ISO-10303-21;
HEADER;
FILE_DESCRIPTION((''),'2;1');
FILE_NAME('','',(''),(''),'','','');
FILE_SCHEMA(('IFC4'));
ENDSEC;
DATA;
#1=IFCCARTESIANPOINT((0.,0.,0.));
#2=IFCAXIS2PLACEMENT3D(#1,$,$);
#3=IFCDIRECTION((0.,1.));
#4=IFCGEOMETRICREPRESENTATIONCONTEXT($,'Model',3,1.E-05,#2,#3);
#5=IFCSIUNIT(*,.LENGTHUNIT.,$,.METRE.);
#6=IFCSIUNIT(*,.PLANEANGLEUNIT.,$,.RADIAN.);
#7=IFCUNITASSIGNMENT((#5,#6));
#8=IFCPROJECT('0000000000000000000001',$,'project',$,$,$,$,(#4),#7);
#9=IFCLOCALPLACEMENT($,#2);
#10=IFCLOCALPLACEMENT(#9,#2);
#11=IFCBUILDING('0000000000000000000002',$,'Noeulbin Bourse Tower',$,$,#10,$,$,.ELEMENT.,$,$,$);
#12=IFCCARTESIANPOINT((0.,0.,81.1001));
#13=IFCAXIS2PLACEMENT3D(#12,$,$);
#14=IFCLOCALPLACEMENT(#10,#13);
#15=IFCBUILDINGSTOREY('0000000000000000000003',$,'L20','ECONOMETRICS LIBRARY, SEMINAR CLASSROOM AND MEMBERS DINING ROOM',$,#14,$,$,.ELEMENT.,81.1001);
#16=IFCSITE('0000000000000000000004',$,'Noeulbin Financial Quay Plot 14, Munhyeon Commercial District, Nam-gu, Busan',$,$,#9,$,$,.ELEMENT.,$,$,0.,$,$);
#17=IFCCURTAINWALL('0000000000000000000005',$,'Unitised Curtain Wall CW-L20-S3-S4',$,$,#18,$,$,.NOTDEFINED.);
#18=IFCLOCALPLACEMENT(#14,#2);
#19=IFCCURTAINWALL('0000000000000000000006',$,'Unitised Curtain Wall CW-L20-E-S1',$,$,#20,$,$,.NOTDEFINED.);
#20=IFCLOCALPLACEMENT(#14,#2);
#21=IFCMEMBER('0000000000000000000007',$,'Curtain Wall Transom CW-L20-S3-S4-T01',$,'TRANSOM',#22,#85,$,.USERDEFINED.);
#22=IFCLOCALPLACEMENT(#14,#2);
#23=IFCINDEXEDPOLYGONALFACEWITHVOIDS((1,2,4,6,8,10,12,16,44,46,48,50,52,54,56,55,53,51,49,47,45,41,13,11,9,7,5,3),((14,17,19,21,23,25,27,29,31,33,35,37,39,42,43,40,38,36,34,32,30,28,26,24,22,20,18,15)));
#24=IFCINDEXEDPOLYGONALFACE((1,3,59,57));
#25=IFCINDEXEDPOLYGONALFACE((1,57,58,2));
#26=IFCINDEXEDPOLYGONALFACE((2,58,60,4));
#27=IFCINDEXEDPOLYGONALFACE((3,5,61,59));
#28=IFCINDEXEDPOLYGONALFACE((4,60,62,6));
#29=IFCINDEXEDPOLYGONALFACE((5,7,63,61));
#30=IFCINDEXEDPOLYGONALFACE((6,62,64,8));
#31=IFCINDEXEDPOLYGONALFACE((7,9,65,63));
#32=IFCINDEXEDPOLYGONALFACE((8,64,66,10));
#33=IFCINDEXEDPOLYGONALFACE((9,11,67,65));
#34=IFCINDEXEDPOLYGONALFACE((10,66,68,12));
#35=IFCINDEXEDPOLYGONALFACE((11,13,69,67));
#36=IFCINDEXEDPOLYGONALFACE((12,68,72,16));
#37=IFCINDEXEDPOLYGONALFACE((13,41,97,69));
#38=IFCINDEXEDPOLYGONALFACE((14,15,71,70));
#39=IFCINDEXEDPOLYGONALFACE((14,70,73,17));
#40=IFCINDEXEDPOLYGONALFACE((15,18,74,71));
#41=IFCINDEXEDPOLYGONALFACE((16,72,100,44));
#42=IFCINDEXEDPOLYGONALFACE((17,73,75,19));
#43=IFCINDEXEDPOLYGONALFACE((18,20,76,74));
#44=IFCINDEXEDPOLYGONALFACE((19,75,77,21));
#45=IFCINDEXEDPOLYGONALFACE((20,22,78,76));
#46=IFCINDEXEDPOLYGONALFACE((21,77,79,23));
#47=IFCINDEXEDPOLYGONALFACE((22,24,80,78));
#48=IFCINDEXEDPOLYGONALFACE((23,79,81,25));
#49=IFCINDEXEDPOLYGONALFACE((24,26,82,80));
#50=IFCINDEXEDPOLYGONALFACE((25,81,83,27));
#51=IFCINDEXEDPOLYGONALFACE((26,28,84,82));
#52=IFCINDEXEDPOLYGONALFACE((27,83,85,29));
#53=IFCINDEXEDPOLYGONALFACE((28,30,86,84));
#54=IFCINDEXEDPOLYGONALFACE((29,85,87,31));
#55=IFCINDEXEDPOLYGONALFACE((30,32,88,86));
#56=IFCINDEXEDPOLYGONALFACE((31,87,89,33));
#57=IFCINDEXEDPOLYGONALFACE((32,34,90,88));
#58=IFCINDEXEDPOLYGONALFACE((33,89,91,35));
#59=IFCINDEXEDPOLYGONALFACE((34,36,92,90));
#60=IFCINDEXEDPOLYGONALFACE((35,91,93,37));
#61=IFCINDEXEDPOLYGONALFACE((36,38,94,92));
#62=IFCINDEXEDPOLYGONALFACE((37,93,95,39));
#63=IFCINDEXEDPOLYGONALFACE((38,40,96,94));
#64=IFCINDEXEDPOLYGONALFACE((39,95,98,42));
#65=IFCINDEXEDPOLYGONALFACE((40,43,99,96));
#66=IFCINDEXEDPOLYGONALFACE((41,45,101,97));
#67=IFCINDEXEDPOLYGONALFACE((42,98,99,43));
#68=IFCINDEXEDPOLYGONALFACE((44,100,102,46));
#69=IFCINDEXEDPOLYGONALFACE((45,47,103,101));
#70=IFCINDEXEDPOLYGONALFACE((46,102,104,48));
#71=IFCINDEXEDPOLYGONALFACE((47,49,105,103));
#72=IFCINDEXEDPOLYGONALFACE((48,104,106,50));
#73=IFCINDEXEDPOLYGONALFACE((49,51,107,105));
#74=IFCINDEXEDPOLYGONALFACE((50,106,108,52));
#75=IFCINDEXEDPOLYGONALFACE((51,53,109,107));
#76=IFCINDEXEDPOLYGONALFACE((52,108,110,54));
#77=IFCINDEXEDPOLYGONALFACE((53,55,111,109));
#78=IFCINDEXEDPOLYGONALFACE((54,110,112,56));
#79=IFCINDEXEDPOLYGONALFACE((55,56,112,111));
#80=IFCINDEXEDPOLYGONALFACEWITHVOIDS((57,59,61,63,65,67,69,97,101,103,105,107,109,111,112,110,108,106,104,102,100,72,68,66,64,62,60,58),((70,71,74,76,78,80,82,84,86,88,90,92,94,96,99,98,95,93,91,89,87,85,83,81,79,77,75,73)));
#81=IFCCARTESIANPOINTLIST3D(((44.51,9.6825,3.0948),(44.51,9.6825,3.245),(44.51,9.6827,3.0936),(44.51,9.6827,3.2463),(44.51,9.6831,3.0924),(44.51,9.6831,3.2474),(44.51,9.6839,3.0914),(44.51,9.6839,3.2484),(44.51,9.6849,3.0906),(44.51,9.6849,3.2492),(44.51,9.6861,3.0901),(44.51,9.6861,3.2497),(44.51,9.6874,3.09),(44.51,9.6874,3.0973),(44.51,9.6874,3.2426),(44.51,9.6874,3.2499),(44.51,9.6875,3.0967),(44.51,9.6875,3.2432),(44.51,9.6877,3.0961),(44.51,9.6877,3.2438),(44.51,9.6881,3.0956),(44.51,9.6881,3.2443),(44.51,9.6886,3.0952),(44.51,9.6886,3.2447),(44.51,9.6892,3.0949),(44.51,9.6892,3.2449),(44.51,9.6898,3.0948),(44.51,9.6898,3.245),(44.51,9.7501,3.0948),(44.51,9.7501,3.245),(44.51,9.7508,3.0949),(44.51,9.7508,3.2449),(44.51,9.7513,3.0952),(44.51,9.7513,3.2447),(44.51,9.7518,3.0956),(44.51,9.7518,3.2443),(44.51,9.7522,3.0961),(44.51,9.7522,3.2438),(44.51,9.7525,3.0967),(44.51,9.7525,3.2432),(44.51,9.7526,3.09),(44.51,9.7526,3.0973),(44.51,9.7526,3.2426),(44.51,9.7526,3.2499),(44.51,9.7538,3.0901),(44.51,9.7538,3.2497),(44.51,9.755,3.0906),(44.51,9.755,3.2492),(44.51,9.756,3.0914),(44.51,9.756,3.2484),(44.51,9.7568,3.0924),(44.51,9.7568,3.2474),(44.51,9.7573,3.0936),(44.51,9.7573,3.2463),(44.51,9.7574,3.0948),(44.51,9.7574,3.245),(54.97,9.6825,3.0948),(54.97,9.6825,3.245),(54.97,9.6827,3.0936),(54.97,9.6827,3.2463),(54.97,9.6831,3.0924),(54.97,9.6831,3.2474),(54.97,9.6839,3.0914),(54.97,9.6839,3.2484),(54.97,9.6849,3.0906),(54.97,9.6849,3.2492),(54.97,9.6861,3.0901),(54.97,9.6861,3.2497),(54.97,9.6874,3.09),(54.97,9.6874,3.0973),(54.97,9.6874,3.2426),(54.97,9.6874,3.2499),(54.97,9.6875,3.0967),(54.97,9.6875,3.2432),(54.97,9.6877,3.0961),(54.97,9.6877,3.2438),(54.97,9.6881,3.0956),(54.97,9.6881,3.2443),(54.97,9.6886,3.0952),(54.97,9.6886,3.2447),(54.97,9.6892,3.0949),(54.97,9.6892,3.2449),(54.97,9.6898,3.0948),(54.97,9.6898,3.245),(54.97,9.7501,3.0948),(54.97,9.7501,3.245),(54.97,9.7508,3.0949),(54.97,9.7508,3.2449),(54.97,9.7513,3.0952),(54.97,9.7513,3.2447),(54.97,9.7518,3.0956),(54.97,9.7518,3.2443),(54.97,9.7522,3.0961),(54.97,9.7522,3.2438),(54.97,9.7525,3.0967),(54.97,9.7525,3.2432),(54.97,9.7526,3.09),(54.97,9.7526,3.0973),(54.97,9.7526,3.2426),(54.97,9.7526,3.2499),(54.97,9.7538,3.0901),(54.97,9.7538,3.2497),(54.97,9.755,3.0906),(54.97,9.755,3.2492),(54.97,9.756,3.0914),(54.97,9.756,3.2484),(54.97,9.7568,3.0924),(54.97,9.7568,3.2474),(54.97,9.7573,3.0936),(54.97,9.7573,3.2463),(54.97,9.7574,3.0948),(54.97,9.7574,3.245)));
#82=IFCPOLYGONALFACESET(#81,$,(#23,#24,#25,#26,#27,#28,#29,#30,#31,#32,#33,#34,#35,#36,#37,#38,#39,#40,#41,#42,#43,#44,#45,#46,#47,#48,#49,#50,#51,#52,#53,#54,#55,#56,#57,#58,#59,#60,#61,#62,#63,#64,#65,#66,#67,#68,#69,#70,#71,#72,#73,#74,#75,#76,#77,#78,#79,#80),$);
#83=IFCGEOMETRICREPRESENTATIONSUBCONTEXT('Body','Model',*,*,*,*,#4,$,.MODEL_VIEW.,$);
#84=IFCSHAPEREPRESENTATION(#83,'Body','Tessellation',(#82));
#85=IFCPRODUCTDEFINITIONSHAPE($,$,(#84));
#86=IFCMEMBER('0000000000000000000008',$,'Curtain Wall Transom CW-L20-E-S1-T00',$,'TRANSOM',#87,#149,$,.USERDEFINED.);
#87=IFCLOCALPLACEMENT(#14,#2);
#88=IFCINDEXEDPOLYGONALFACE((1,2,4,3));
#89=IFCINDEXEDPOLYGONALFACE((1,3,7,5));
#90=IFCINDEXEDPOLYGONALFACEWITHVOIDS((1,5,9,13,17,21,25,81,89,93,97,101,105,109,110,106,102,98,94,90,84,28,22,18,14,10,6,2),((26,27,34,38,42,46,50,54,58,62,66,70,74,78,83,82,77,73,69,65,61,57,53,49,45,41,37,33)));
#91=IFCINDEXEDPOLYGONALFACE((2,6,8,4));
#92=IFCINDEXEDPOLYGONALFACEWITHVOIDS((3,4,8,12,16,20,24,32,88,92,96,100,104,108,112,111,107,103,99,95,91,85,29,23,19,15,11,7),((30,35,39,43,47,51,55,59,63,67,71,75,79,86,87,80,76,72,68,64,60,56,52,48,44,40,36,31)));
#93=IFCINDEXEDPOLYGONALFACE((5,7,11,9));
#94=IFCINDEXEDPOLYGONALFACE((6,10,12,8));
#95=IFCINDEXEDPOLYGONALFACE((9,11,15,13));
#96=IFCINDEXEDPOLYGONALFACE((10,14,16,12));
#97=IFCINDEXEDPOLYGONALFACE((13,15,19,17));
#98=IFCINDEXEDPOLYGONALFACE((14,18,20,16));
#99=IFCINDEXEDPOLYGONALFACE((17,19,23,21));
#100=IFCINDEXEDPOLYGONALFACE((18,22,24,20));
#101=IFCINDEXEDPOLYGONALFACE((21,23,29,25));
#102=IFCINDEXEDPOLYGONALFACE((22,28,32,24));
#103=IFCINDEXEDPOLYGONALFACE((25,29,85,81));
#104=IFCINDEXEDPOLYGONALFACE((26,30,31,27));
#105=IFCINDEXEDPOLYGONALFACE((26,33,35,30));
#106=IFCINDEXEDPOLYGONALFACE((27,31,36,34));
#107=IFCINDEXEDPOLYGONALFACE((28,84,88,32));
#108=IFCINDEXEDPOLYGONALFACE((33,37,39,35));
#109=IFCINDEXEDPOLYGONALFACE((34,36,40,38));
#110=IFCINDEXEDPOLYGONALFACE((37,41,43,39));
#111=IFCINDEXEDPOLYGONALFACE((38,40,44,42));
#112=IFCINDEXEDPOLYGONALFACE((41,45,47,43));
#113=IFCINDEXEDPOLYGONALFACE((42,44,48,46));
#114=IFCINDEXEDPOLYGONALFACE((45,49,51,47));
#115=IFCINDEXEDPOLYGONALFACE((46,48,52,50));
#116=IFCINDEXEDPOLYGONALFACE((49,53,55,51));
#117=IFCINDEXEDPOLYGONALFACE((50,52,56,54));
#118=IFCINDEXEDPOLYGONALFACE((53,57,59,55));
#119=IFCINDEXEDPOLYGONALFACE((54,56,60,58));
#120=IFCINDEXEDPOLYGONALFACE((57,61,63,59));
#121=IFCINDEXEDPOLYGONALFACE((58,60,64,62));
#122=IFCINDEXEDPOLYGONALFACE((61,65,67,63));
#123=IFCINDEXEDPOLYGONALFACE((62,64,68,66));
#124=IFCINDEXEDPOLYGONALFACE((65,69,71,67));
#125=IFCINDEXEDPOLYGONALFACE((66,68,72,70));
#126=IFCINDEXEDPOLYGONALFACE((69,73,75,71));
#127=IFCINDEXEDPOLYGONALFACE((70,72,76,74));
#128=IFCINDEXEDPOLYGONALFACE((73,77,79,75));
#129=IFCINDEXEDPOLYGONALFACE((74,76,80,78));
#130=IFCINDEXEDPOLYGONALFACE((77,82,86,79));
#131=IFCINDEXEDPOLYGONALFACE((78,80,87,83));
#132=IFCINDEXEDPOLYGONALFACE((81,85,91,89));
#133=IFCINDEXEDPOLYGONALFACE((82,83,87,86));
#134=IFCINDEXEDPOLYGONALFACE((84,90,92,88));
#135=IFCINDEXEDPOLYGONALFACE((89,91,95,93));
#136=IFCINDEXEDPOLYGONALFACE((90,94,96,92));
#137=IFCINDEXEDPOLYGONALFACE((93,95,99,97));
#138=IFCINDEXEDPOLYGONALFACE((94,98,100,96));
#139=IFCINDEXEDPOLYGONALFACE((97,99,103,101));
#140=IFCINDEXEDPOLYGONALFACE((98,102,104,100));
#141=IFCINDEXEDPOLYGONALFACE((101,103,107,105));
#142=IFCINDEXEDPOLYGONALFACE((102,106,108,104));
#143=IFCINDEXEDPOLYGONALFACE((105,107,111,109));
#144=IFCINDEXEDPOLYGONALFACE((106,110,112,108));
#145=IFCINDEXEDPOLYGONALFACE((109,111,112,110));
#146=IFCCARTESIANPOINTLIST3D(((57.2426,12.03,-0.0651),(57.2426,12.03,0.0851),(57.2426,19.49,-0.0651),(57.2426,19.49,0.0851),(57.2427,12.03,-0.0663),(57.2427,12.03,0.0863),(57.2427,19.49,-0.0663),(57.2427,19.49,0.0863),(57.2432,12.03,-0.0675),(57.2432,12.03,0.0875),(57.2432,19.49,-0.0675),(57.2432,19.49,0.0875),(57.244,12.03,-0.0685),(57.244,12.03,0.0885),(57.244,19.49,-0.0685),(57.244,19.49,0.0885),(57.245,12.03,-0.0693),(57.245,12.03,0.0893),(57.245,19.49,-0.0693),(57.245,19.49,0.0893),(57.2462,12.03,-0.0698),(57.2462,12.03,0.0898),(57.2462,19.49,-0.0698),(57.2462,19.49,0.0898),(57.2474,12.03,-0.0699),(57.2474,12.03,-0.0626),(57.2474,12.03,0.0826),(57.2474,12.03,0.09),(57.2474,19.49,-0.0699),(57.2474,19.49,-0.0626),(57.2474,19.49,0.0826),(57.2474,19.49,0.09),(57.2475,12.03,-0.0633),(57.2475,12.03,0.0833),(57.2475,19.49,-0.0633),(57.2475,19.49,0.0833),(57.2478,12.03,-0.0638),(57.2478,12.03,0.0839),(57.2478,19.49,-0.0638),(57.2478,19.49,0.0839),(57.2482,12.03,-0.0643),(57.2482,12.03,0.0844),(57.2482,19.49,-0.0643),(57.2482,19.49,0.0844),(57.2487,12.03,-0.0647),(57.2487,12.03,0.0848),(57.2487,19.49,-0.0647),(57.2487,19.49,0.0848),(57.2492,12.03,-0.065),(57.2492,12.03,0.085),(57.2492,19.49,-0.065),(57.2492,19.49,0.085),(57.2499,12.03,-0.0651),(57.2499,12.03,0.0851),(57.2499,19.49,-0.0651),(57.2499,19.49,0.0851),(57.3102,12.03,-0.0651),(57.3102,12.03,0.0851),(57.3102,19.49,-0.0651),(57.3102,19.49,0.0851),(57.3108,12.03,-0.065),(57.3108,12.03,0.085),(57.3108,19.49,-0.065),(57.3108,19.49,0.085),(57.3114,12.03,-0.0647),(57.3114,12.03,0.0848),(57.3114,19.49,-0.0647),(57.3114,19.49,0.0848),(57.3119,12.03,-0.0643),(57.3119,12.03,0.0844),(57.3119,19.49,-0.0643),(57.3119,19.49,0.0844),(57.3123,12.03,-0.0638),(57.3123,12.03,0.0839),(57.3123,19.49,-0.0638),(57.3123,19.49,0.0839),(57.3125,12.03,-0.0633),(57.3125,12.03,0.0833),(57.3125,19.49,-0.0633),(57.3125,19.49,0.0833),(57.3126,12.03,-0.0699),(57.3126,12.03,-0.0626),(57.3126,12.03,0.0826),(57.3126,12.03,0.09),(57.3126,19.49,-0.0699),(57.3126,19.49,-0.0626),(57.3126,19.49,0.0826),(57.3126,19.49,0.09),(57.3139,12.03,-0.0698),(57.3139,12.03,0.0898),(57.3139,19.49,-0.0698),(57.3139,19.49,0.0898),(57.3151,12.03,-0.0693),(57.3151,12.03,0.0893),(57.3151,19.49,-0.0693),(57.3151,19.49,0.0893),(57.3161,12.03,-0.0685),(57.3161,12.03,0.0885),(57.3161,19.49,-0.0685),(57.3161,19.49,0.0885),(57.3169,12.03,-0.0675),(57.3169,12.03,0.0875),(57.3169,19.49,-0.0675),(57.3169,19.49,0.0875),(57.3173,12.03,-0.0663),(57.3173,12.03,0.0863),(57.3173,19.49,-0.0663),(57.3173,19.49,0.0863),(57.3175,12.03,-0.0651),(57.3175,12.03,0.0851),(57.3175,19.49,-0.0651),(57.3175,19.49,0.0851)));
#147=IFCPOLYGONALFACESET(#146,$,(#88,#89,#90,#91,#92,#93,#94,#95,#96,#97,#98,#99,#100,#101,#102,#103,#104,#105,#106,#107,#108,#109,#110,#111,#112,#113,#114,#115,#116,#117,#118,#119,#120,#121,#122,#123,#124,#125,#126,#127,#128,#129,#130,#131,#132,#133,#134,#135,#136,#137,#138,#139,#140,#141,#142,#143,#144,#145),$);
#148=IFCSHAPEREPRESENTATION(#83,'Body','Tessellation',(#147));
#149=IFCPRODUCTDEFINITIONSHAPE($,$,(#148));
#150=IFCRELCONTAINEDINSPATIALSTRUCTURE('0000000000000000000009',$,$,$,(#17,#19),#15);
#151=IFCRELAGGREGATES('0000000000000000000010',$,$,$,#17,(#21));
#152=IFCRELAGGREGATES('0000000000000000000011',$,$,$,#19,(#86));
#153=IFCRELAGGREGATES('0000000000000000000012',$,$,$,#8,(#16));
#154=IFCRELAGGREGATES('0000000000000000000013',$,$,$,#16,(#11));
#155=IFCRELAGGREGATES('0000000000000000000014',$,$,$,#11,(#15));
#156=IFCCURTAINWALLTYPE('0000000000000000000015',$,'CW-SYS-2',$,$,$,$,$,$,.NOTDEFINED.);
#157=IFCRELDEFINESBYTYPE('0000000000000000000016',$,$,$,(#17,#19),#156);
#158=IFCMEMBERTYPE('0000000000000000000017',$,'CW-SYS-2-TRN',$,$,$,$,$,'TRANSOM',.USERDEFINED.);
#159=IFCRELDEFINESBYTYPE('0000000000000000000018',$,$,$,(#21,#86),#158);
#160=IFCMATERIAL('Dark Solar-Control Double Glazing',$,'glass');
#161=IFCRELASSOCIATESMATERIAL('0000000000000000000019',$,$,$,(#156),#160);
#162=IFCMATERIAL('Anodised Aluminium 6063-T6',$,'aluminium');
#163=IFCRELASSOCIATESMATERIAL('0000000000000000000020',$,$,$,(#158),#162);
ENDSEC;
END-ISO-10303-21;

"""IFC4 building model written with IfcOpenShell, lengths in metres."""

from ifc_helpers import new_model, si_unit, direction, frame, origin, origin_2d, place, context, subcontext, project, spatial, hollow_rectangle, extrude, material, material_profile, profile_set, type_object, element, aggregate, save


model = new_model("IFC4")

# Units and contexts
model_context = context("Model", 3, precision=1e-05, world=origin(), true_north=direction((0.0, 1.0)))
body_context = subcontext(model_context, "Body", "Model", "MODEL_VIEW")
ifc_project = project(units=[si_unit("LENGTHUNIT", "METRE"), si_unit("PLANEANGLEUNIT", "RADIAN")], contexts=[model_context])

# Site, building, storey
site_placement = place(None, origin())
site = spatial("IfcSite", under=ifc_project, at=site_placement, Name="Noeulbin Financial Quay Plot 14, Munhyeon Commercial District, Nam-gu, Busan", CompositionType="ELEMENT", RefElevation=0.0)
building_placement = place(site_placement, origin())
building = spatial("IfcBuilding", under=site, at=building_placement, Name="Noeulbin Bourse Tower", CompositionType="ELEMENT")
storey_placement = place(building_placement, frame((0.0, 0.0, 81.1001)))
storey = spatial("IfcBuildingStorey", under=building, at=storey_placement, Name="L20", Description="ECONOMETRICS LIBRARY, SEMINAR CLASSROOM AND MEMBERS DINING ROOM", CompositionType="ELEMENT", Elevation=81.1001)

# Shared definitions
ifc_material_1 = material(Name="Dark Solar-Control Double Glazing", Category="glass")
curtain_wall_type = type_object("IfcCurtainWallType", Name="CW-SYS-2", PredefinedType="NOTDEFINED", material=ifc_material_1)
ifc_material_2 = material(Name="Anodised Aluminium 6063-T6", Category="aluminium")

# Curtain walls
curtain_wall_1_placement = place(storey_placement, origin())
curtain_wall_1 = element("IfcCurtainWall", 1, at=curtain_wall_1_placement, inside=storey, type_object=curtain_wall_type, Name="Unitised Curtain Wall CW-L20-S3-S4", PredefinedType="NOTDEFINED")
curtain_wall_2_placement = place(storey_placement, origin())
curtain_wall_2 = element("IfcCurtainWall", 2, at=curtain_wall_2_placement, inside=storey, type_object=curtain_wall_type, Name="Unitised Curtain Wall CW-L20-E-S1", PredefinedType="NOTDEFINED")

# Members
ifc_material_profile_1 = material_profile(ifc_material_2, hollow_rectangle(XDim=0.075, YDim=0.1599, WallThickness=0.0049, InnerFilletRadius=0.0024, OuterFilletRadius=0.0049, at=origin_2d()), Name="ALU-TRAN-75x160x5", Category="LoadBearing")
ifc_profile_set_1 = profile_set([ifc_material_profile_1], Name="Anodised Aluminium 6063-T6")
member_type_1 = type_object("IfcMemberType", Name="CW-SYS-2-TRN", ElementType="TRANSOM", PredefinedType="USERDEFINED", material=ifc_profile_set_1)
member_1_placement = place(storey_placement, frame((44.51, 9.72, 3.1699), z_axis=(1.0, 0.0, 0.0), x_axis=(0.0, 1.0, 0.0)))
member_1 = element("IfcMember", 3, at=member_1_placement, type_object=member_type_1, Name="Curtain Wall Transom CW-L20-S3-S4-T01", ObjectType="TRANSOM", PredefinedType="USERDEFINED", context=body_context, shape_type="SweptSolid", body=[
    extrude(hollow_rectangle(XDim=0.075, YDim=0.1599, WallThickness=0.0049, InnerFilletRadius=0.0024, OuterFilletRadius=0.0049, at=origin_2d()), origin(), (0.0, 0.0, 1.0), 10.46),
])
member_2_placement = place(storey_placement, frame((57.28, 12.03, 0.01), z_axis=(0.0, 1.0, 0.0), x_axis=(-1.0, 0.0, 0.0)))
member_2 = element("IfcMember", 4, at=member_2_placement, type_object=member_type_1, Name="Curtain Wall Transom CW-L20-E-S1-T00", ObjectType="TRANSOM", PredefinedType="USERDEFINED", context=body_context, shape_type="SweptSolid", body=[
    extrude(hollow_rectangle(XDim=0.075, YDim=0.1599, WallThickness=0.0049, InnerFilletRadius=0.0024, OuterFilletRadius=0.0049, at=origin_2d()), origin(), (0.0, 0.0, 1.0), 7.46),
])

aggregate(curtain_wall_1, [member_1])
aggregate(curtain_wall_2, [member_2])

save(model, "model.ifc")
